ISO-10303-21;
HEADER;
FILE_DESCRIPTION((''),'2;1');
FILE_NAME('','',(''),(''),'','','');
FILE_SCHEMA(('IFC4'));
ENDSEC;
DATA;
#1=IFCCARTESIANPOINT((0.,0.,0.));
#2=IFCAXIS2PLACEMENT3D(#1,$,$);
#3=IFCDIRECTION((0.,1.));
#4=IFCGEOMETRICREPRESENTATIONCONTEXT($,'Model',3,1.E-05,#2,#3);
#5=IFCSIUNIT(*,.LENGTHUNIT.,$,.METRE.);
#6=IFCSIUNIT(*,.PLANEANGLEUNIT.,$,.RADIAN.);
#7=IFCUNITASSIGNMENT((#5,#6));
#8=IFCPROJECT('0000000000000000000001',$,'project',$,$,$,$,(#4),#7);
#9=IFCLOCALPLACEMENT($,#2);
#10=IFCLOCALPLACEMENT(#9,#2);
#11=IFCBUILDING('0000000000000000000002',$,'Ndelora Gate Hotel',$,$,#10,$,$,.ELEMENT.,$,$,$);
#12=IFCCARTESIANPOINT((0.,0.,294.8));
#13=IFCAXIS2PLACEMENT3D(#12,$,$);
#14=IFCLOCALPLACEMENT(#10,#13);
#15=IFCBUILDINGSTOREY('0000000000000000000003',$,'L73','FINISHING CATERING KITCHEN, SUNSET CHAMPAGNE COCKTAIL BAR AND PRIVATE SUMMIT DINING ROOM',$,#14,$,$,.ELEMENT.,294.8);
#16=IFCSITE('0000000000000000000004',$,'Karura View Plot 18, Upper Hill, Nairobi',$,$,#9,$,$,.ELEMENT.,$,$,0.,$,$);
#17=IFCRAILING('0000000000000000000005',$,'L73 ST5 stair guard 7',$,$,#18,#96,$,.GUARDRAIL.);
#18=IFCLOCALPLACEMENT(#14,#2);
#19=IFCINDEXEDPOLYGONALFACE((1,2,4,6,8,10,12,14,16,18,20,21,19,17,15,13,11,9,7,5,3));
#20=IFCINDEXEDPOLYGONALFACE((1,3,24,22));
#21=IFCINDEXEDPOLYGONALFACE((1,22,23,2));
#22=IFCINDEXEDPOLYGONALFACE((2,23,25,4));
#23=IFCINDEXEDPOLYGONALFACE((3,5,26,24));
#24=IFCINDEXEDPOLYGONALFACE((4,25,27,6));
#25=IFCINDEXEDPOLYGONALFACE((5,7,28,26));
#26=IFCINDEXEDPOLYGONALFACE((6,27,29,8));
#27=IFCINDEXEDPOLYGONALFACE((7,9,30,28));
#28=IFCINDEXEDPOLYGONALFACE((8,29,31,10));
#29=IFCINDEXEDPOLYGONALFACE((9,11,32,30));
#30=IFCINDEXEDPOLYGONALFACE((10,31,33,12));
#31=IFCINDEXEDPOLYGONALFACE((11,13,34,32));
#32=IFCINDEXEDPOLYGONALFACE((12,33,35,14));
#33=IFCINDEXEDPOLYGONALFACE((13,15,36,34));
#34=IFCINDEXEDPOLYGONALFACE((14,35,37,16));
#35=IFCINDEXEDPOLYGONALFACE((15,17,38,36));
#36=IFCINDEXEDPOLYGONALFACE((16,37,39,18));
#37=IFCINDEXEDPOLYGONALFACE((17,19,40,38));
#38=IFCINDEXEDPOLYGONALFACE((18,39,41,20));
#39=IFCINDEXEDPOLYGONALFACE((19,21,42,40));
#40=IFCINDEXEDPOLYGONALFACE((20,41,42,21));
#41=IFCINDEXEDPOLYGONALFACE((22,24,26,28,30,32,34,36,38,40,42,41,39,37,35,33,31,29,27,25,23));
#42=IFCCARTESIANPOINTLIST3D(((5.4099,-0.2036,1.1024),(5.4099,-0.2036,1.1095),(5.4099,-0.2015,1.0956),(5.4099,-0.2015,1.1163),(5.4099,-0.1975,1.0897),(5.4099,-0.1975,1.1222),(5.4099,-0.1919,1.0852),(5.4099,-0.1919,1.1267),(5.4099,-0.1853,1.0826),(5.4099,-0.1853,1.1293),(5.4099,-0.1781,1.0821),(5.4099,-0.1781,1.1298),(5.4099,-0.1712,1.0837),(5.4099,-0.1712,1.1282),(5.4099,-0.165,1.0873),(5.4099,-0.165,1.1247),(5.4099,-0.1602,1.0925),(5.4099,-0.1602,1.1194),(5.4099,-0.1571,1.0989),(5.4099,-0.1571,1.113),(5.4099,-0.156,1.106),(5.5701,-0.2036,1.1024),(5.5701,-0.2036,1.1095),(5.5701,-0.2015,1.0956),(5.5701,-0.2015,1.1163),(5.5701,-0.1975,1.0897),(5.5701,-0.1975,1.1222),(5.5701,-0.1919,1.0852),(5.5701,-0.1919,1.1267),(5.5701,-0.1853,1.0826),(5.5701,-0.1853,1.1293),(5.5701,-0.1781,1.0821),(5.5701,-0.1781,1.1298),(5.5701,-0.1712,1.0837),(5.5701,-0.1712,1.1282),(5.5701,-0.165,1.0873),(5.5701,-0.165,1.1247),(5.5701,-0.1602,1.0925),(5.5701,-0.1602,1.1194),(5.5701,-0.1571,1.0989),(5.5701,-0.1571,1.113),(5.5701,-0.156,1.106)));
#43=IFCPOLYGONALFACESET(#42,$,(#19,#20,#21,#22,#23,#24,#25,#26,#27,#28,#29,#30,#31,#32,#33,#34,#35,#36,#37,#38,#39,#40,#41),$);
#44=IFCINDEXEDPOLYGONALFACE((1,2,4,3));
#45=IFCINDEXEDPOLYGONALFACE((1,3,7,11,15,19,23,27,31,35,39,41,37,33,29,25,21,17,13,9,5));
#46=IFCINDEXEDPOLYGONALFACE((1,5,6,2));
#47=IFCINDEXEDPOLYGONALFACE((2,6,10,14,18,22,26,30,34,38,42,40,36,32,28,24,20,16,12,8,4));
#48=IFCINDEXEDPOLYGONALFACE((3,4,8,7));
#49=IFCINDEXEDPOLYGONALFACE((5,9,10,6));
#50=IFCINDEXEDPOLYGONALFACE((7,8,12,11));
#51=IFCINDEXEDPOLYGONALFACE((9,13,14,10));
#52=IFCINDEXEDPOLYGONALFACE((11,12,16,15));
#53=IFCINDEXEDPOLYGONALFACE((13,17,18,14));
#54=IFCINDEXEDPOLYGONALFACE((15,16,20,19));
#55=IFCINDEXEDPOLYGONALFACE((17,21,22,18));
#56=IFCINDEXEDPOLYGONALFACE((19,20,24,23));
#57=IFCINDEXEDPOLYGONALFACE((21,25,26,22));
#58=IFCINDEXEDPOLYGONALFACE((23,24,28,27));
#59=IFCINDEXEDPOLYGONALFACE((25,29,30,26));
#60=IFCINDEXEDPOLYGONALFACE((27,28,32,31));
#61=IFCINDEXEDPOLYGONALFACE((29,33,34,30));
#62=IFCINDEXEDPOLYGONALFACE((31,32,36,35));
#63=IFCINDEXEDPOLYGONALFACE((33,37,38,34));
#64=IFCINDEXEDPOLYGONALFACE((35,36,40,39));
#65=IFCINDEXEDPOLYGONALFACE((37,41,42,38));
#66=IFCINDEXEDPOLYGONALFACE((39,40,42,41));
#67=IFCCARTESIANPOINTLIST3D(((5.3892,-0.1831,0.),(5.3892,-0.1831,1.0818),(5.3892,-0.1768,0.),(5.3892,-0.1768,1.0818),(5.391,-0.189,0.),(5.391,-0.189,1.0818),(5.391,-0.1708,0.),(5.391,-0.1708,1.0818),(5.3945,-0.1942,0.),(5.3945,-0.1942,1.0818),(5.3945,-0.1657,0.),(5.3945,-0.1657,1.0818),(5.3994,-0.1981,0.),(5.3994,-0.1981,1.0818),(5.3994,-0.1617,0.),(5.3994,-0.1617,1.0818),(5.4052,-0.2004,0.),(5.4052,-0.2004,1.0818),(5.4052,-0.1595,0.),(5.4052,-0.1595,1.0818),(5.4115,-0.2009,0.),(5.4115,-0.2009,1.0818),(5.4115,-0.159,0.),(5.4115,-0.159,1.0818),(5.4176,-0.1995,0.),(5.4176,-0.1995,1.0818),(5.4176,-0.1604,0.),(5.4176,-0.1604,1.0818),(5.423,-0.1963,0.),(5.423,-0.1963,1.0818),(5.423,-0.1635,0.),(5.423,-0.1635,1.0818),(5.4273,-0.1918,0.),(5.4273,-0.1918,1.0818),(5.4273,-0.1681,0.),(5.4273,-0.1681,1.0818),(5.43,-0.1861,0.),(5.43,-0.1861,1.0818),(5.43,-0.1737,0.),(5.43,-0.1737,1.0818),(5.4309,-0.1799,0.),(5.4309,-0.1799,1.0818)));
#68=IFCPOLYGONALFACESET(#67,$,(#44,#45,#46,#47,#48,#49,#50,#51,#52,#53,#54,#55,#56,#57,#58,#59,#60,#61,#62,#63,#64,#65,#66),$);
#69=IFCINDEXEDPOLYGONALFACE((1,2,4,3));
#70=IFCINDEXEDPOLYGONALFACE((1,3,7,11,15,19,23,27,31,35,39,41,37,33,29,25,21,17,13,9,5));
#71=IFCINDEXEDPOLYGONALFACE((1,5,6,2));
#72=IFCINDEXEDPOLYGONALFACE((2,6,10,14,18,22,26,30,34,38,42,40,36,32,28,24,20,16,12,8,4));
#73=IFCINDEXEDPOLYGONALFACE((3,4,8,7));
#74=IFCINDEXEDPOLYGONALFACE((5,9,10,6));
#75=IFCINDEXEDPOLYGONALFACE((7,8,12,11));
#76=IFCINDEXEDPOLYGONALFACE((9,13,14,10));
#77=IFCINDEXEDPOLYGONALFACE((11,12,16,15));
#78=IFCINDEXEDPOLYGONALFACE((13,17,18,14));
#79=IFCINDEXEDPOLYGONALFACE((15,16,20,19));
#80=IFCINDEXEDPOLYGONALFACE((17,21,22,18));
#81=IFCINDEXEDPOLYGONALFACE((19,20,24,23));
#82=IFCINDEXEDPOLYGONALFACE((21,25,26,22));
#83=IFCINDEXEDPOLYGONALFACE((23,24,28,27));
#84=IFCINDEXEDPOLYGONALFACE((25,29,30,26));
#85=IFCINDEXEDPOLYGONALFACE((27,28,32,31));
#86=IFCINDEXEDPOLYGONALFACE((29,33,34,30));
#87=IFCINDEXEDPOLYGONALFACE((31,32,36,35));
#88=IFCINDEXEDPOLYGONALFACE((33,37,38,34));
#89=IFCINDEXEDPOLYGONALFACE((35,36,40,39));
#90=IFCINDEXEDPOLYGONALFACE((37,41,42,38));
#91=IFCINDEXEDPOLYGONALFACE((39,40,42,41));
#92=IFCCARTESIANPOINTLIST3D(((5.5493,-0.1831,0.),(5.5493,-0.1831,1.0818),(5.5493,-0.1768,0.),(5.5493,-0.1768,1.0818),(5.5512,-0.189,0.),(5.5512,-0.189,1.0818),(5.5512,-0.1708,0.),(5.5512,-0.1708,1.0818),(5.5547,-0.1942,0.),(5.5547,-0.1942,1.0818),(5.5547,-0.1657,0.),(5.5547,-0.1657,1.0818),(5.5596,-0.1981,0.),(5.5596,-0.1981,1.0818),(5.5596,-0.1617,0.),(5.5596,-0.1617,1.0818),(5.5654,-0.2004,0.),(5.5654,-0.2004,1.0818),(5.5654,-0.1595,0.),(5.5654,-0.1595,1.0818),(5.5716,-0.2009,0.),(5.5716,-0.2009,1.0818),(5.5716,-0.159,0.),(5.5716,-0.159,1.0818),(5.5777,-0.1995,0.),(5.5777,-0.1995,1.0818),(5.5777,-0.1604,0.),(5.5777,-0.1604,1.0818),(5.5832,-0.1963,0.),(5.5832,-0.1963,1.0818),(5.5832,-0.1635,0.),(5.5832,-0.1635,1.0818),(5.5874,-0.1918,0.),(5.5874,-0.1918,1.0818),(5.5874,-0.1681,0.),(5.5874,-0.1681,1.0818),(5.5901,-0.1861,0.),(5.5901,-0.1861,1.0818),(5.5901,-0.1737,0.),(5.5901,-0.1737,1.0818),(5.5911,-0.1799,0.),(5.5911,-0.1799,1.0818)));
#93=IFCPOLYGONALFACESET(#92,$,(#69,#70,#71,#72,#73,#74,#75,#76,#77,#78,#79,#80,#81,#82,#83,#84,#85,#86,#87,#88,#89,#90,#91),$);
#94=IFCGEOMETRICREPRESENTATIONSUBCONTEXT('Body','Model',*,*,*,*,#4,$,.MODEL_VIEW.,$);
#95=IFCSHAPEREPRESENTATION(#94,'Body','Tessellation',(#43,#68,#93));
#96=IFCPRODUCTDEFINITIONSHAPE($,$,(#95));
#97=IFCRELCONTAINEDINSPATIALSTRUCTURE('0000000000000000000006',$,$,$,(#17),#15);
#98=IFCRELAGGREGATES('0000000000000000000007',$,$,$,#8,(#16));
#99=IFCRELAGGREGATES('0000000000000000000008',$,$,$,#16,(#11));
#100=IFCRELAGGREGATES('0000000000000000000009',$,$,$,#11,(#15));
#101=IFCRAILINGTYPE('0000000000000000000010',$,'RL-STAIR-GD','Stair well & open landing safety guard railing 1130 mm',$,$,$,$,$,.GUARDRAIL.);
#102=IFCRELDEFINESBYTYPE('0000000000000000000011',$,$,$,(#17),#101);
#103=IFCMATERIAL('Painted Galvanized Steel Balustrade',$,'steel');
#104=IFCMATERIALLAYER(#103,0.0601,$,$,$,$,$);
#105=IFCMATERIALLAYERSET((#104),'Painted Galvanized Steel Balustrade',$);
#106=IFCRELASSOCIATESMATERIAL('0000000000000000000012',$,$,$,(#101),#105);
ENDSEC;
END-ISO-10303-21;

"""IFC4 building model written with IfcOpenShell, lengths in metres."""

from ifc_helpers import new_model, si_unit, direction, frame, origin, origin_2d, place, context, subcontext, project, spatial, circle, extrude, material, layer, layer_set, type_object, element, save


model = new_model("IFC4")

# Units and contexts
model_context = context("Model", 3, precision=1e-05, world=origin(), true_north=direction((0.0, 1.0)))
body_context = subcontext(model_context, "Body", "Model", "MODEL_VIEW")
ifc_project = project(units=[si_unit("LENGTHUNIT", "METRE"), si_unit("PLANEANGLEUNIT", "RADIAN")], contexts=[model_context])

# Site, building, storey
site_placement = place(None, origin())
site = spatial("IfcSite", under=ifc_project, at=site_placement, Name="Karura View Plot 18, Upper Hill, Nairobi", CompositionType="ELEMENT", RefElevation=0.0)
building_placement = place(site_placement, origin())
building = spatial("IfcBuilding", under=site, at=building_placement, Name="Ndelora Gate Hotel", CompositionType="ELEMENT")
storey_placement = place(building_placement, frame((0.0, 0.0, 294.8)))
storey = spatial("IfcBuildingStorey", under=building, at=storey_placement, Name="L73", Description="FINISHING CATERING KITCHEN, SUNSET CHAMPAGNE COCKTAIL BAR AND PRIVATE SUMMIT DINING ROOM", CompositionType="ELEMENT", Elevation=294.8)

# Railing
ifc_material_1 = material(Name="Painted Galvanized Steel Balustrade", Category="steel")
ifc_layer_1 = layer(ifc_material_1, 0.0601)
ifc_layer_set_1 = layer_set([ifc_layer_1], Name="Painted Galvanized Steel Balustrade")
railing_type_1 = type_object("IfcRailingType", Name="RL-STAIR-GD", Description="Stair well & open landing safety guard railing 1130 mm", PredefinedType="GUARDRAIL", material=ifc_layer_set_1)
railing_1_placement = place(storey_placement, frame((5.4099, -0.1799, 0.0)))
element("IfcRailing", 1, at=railing_1_placement, inside=storey, type_object=railing_type_1, Name="L73 ST5 stair guard 7", PredefinedType="GUARDRAIL", context=body_context, shape_type="SweptSolid", body=[
    extrude(circle(Radius=0.0239, at=origin_2d()), frame((0.0, 0.0, 1.106), z_axis=(1.0, 0.0, 0.0), x_axis=(0.0, 1.0, 0.0)), (0.0, 0.0, 1.0), 0.1602),
    extrude(circle(Radius=0.021, at=origin_2d()), origin(), (0.0, 0.0, 1.0), 1.0818),
    extrude(circle(Radius=0.021, at=origin_2d()), frame((0.1602, 0.0, 0.0)), (0.0, 0.0, 1.0), 1.0818),
])

save(model, "model.ifc")
